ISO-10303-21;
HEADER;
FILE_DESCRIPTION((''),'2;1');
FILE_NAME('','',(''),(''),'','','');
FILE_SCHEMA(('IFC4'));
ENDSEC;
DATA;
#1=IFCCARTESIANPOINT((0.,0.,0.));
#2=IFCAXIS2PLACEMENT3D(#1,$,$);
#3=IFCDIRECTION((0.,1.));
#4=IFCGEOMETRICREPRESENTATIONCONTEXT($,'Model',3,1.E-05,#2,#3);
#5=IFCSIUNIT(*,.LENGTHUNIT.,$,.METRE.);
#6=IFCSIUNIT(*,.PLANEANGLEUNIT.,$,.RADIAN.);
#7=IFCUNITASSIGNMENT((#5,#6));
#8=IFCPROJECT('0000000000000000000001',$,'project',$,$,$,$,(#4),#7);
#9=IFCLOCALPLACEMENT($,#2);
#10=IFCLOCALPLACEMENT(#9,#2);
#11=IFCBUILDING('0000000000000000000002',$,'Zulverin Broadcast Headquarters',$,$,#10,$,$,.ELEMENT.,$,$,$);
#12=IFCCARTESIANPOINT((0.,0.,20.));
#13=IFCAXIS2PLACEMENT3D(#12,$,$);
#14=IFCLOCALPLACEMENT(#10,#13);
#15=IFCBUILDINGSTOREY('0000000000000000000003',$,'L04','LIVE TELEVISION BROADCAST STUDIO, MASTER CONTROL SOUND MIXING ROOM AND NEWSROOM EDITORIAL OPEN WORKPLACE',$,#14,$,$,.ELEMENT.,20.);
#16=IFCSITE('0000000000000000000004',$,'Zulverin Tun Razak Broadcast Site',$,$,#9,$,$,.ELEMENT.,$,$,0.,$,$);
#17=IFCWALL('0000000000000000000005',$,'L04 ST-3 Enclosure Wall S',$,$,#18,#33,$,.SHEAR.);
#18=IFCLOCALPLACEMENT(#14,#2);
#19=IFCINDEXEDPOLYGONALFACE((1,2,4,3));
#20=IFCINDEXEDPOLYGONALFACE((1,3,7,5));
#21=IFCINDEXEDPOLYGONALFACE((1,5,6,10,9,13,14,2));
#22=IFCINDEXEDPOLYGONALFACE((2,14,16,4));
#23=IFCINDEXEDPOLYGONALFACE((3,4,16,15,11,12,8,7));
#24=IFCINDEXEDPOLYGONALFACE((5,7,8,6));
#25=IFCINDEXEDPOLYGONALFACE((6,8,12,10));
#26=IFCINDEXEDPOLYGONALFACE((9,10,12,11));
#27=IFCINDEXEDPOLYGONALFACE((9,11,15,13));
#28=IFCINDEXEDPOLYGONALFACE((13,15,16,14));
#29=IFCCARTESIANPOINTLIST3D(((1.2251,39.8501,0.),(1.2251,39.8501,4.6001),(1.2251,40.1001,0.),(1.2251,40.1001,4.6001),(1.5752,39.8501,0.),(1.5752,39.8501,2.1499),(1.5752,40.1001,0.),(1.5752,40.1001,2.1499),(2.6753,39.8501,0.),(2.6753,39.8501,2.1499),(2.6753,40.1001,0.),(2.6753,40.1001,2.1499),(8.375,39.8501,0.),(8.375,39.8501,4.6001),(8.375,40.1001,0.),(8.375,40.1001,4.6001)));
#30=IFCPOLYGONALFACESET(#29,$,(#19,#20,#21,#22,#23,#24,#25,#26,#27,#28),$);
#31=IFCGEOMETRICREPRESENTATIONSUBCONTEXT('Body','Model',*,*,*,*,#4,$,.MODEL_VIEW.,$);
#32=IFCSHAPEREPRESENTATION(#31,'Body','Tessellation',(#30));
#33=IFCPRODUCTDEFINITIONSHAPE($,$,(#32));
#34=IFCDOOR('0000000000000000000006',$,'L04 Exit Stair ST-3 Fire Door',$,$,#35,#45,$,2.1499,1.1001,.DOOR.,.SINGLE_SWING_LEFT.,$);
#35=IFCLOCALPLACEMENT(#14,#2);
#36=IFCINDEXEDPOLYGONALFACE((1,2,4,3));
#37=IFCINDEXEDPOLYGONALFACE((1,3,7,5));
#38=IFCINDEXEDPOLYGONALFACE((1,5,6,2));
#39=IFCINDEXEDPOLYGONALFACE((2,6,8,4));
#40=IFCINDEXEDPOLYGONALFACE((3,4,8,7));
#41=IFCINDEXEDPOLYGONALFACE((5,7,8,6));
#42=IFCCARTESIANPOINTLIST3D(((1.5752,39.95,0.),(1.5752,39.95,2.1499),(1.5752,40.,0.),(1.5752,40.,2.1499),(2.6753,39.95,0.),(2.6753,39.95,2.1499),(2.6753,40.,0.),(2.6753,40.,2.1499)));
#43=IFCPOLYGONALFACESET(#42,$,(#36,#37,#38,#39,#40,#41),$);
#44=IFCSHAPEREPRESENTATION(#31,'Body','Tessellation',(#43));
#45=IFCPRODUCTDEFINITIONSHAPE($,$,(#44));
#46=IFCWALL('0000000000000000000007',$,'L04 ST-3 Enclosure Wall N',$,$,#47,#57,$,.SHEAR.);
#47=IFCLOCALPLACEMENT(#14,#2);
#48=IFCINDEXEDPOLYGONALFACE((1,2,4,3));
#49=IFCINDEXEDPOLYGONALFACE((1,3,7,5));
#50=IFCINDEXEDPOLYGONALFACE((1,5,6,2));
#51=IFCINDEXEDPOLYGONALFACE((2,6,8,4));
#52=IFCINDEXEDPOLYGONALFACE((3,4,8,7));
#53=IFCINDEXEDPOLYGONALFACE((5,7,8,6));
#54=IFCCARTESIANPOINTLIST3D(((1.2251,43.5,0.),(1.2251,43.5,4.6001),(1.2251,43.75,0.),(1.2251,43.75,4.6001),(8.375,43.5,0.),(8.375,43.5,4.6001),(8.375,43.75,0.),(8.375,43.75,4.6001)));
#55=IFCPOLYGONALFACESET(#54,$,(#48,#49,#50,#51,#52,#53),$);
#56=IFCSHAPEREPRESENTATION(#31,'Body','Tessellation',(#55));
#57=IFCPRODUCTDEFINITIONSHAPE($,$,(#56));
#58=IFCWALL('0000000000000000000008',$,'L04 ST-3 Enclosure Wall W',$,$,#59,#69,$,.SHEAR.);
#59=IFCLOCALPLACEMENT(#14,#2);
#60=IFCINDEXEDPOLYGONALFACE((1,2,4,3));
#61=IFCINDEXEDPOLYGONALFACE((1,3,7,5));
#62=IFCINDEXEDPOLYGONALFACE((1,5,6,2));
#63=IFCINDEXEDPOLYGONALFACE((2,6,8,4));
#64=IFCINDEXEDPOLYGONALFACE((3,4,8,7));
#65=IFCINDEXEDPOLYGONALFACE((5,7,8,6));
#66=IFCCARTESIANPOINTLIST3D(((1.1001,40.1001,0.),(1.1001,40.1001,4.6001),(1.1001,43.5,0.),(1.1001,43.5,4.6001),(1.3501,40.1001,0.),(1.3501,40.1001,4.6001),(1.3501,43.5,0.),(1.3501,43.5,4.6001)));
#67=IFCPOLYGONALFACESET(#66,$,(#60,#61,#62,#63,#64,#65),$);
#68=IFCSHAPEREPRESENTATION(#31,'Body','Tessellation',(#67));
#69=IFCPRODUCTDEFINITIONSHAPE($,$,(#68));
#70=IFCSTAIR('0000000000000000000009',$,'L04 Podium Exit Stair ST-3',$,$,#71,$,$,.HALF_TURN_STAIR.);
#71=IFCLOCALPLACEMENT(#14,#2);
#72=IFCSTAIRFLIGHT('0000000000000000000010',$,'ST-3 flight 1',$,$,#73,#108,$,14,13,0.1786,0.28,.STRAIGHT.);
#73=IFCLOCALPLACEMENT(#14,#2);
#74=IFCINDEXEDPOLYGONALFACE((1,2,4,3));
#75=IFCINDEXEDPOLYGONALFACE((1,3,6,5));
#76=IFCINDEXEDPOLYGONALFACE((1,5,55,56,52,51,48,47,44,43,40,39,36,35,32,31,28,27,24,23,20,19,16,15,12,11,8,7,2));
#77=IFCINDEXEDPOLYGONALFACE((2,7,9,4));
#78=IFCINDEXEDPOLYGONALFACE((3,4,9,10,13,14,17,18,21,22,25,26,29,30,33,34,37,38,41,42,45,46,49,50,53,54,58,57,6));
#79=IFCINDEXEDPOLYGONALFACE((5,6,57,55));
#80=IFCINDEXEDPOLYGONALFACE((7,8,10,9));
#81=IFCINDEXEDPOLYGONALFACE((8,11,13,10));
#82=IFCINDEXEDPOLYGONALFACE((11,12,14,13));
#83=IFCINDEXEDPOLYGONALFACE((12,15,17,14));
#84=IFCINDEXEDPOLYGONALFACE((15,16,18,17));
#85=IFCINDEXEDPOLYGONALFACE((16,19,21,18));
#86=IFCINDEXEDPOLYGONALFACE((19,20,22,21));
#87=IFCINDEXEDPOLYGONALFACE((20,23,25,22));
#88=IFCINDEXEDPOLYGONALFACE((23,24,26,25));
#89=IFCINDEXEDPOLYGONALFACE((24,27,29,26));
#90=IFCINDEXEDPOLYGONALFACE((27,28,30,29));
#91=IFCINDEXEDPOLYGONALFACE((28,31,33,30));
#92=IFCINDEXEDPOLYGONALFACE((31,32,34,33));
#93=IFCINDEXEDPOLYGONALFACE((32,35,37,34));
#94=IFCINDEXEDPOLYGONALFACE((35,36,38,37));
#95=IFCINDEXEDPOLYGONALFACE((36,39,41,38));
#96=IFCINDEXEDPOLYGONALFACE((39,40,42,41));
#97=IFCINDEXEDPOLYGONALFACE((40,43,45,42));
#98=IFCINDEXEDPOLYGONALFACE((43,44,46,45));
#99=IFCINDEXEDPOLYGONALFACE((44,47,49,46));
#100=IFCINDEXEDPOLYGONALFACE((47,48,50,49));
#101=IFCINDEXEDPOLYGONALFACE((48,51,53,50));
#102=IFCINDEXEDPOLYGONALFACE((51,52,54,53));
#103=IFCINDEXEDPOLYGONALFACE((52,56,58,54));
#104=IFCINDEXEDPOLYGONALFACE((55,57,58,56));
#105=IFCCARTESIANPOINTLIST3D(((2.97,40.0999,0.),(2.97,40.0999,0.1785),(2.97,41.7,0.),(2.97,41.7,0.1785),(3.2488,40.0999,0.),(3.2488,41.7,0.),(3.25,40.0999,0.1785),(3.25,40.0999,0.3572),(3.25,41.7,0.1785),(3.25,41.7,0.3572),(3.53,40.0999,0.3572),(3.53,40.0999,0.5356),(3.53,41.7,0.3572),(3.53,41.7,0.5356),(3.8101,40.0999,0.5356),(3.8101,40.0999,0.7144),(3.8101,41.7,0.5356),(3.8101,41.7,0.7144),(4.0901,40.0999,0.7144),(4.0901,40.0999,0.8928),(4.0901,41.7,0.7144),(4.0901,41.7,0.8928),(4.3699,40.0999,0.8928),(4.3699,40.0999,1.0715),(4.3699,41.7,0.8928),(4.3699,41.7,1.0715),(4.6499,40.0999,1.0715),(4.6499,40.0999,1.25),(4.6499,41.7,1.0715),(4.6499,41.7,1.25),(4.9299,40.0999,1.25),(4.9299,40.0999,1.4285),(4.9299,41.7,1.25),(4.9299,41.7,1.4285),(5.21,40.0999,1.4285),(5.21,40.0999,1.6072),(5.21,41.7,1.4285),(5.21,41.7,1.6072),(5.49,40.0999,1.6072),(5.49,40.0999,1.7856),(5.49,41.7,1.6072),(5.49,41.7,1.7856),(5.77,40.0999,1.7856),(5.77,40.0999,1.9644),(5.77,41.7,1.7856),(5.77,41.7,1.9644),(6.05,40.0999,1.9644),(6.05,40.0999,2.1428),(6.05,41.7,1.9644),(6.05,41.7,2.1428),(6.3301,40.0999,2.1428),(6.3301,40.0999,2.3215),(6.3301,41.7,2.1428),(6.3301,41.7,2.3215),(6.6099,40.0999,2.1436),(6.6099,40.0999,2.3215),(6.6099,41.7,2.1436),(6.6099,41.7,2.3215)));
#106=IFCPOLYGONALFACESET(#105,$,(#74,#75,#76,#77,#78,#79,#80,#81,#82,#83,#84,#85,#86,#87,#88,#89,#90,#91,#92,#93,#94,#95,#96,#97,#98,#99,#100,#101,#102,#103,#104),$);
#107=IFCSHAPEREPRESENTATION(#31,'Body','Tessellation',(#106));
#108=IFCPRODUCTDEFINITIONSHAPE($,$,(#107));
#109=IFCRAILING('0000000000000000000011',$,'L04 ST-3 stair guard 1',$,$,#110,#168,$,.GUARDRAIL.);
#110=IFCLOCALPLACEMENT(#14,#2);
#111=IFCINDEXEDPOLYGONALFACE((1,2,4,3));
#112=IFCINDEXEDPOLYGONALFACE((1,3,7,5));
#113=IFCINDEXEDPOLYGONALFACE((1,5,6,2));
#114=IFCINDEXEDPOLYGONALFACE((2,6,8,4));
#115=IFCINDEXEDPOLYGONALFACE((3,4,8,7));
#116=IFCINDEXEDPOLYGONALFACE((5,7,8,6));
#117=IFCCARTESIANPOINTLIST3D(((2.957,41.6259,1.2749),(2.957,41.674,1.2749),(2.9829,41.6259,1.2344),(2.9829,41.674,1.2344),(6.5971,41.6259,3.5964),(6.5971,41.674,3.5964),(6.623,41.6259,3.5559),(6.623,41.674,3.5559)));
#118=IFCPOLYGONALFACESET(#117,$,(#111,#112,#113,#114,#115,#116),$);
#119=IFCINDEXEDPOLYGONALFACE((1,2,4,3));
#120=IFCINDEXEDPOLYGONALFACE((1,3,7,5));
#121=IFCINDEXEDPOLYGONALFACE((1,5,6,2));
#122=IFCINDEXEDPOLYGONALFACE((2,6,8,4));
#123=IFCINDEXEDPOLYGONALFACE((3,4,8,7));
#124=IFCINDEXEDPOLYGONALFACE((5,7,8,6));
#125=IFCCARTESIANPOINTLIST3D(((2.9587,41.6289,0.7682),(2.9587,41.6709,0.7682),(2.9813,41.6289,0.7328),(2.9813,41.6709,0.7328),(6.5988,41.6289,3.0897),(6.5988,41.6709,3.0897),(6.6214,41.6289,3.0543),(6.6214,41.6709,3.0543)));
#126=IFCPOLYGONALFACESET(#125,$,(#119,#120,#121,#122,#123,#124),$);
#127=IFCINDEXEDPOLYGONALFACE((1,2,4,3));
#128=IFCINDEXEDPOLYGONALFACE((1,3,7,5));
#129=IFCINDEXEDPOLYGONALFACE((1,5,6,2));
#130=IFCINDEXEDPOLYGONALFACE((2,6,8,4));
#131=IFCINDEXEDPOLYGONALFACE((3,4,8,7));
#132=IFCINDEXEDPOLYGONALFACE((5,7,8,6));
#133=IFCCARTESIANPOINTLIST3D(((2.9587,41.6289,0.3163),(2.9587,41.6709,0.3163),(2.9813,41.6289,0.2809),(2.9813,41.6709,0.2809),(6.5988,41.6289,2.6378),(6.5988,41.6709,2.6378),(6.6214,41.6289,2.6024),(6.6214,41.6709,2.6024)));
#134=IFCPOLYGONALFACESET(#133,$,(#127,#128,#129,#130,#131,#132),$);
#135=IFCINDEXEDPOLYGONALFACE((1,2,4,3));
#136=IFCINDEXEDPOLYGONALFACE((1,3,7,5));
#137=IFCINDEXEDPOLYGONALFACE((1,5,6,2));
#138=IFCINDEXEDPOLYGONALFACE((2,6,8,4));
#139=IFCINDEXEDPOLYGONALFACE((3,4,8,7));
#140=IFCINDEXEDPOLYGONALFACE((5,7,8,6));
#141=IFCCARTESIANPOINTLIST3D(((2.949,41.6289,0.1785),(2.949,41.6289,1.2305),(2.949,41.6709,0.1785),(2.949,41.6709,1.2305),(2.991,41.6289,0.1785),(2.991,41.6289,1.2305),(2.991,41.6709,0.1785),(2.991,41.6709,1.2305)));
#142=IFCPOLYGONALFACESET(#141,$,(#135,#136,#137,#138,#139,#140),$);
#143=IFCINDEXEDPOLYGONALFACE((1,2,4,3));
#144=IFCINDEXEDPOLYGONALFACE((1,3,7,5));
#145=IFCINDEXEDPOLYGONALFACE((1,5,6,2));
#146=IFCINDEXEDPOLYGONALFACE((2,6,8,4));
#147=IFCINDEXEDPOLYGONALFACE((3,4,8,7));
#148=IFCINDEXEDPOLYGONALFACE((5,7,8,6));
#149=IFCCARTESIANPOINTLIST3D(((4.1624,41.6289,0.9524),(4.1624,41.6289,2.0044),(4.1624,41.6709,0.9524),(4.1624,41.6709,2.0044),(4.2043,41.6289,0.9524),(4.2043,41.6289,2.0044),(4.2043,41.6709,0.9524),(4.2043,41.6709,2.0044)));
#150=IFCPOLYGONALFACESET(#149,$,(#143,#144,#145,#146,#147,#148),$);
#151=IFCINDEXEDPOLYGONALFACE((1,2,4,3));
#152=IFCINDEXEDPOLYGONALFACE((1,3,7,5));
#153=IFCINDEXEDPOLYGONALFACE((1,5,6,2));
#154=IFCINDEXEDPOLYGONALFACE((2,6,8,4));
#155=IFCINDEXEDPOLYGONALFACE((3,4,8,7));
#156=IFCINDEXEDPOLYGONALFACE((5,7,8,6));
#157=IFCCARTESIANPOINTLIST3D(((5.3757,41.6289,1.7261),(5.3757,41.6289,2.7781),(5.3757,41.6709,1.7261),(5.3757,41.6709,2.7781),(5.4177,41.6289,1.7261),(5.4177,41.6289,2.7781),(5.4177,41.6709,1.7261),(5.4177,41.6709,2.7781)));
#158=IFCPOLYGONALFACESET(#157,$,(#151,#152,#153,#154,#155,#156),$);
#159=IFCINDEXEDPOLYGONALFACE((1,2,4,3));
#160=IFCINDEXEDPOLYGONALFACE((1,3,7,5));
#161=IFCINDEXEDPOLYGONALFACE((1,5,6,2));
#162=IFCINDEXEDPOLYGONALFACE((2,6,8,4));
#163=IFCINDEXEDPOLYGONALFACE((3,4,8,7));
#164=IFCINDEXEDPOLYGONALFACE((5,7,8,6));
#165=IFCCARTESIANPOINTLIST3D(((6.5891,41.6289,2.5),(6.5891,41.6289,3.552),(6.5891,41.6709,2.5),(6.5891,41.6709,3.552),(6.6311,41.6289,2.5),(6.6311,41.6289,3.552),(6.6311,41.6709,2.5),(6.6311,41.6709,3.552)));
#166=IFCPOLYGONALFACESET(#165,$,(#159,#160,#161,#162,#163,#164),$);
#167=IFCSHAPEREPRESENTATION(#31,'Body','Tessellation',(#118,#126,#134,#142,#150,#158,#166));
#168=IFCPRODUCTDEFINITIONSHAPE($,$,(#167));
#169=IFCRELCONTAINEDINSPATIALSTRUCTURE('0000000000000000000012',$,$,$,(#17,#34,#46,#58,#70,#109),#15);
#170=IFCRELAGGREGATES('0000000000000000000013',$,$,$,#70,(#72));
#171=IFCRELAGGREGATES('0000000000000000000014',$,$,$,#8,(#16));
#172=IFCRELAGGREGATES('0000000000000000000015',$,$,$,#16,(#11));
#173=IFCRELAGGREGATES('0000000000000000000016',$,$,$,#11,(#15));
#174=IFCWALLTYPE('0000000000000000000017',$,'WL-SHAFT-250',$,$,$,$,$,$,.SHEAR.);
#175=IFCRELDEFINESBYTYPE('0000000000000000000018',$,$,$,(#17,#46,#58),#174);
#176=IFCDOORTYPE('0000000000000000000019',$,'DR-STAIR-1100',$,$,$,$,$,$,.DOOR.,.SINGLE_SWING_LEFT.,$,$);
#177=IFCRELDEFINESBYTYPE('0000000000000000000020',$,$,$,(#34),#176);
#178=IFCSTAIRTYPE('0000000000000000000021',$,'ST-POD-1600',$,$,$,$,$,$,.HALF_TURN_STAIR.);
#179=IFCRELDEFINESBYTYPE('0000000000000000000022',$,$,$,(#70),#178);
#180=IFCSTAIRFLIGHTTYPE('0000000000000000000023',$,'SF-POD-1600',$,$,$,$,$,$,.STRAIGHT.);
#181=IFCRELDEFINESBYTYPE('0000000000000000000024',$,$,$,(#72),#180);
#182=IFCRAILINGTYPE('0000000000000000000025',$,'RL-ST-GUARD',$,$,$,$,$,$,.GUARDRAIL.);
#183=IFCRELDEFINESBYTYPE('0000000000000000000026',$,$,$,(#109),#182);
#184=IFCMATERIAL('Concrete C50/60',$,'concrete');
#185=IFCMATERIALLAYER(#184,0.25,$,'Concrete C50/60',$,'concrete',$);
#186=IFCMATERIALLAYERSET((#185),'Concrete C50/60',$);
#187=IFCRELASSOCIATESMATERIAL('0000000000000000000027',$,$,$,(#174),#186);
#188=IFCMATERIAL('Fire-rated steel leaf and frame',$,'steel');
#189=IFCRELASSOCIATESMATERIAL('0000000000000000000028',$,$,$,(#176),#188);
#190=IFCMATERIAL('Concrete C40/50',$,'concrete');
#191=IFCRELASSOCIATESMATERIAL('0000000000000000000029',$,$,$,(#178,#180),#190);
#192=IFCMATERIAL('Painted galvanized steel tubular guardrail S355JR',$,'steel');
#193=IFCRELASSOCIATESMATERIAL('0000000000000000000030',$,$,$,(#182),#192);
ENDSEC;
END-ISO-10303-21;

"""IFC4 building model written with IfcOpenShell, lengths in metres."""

from ifc_helpers import new_model, si_unit, direction, frame, frame_2d, origin, origin_2d, place, context, subcontext, project, spatial, polyline, rectangle, outline, extrude, material, layer, layer_set, type_object, element, fill, aggregate, save


model = new_model("IFC4")

# Units and contexts
model_context = context("Model", 3, precision=1e-05, world=origin(), true_north=direction((0.0, 1.0)))
body_context = subcontext(model_context, "Body", "Model", "MODEL_VIEW")
ifc_project = project(units=[si_unit("LENGTHUNIT", "METRE"), si_unit("PLANEANGLEUNIT", "RADIAN")], contexts=[model_context])

# Site, building, storey
site_placement = place(None, origin())
site = spatial("IfcSite", under=ifc_project, at=site_placement, Name="Zulverin Tun Razak Broadcast Site", CompositionType="ELEMENT", RefElevation=0.0)
building_placement = place(site_placement, origin())
building = spatial("IfcBuilding", under=site, at=building_placement, Name="Zulverin Broadcast Headquarters", CompositionType="ELEMENT")
storey_placement = place(building_placement, frame((0.0, 0.0, 20.0)))
storey = spatial("IfcBuildingStorey", under=building, at=storey_placement, Name="L04", Description="LIVE TELEVISION BROADCAST STUDIO, MASTER CONTROL SOUND MIXING ROOM AND NEWSROOM EDITORIAL OPEN WORKPLACE", CompositionType="ELEMENT", Elevation=20.0)

# Shared definitions
ifc_material_1 = material(Name="Concrete C40/50", Category="concrete")

# Wall, opening, door
ifc_material_2 = material(Name="Concrete C50/60", Category="concrete")
ifc_layer_1 = layer(ifc_material_2, 0.25, Name="Concrete C50/60", Category="concrete")
ifc_layer_set_1 = layer_set([ifc_layer_1], Name="Concrete C50/60")
wall_type_1 = type_object("IfcWallType", Name="WL-SHAFT-250", PredefinedType="SHEAR", material=ifc_layer_set_1)
wall_1_placement = place(storey_placement, frame((1.2251, 39.9751, 0.0), z_axis=(0.0, 0.0, 1.0), x_axis=(1.0, 0.0, 0.0)))
wall_1 = element("IfcWall", 1, at=wall_1_placement, inside=storey, type_object=wall_type_1, Name="L04 ST-3 Enclosure Wall S", PredefinedType="SHEAR", context=body_context, shape_type="SweptSolid", body=[
    extrude(rectangle(XDim=7.1499, YDim=0.25, at=frame_2d((3.575, 0.0))), origin(), (0.0, 0.0, 1.0), 4.6001),
])
opening_1_placement = place(wall_1_placement, frame((0.3501, 0.0, 0.0)))
opening_1 = element("IfcOpeningElement", 2, at=opening_1_placement, cuts=wall_1, PredefinedType="OPENING", context=body_context, shape_type="SweptSolid", body=[
    extrude(rectangle(XDim=1.1001, YDim=2.1499, at=frame_2d((0.55, 1.075))), frame((0.0, 0.135, 0.0), z_axis=(0.0, -1.0, 0.0), x_axis=(1.0, 0.0, 0.0)), (0.0, 0.0, 1.0), 0.27),
])
ifc_material_3 = material(Name="Fire-rated steel leaf and frame", Category="steel")
door_type_1 = type_object("IfcDoorType", Name="DR-STAIR-1100", OperationType="SINGLE_SWING_LEFT", PredefinedType="DOOR", material=ifc_material_3)
door_1_placement = place(opening_1_placement, origin())
door_1 = element("IfcDoor", 3, at=door_1_placement, inside=storey, type_object=door_type_1, Name="L04 Exit Stair ST-3 Fire Door", OperationType="SINGLE_SWING_LEFT", OverallHeight=2.1499, OverallWidth=1.1001, PredefinedType="DOOR", context=body_context, shape_type="SweptSolid", body=[
    extrude(rectangle(XDim=1.1001, YDim=2.1499, at=frame_2d((0.55, 1.075))), frame((0.0, 0.0249, 0.0), z_axis=(0.0, -1.0, 0.0), x_axis=(1.0, 0.0, 0.0)), (0.0, 0.0, 1.0), 0.05),
])
fill(opening_1, door_1)

# Walls
wall_2_placement = place(storey_placement, frame((1.2251, 43.625, 0.0), z_axis=(0.0, 0.0, 1.0), x_axis=(1.0, 0.0, 0.0)))
element("IfcWall", 4, at=wall_2_placement, inside=storey, type_object=wall_type_1, Name="L04 ST-3 Enclosure Wall N", PredefinedType="SHEAR", context=body_context, shape_type="SweptSolid", body=[
    extrude(rectangle(XDim=7.1499, YDim=0.25, at=frame_2d((3.575, 0.0))), origin(), (0.0, 0.0, 1.0), 4.6001),
])
wall_3_placement = place(storey_placement, frame((1.2251, 40.1001, 0.0), z_axis=(0.0, 0.0, 1.0), x_axis=(0.0, 1.0, 0.0)))
element("IfcWall", 5, at=wall_3_placement, inside=storey, type_object=wall_type_1, Name="L04 ST-3 Enclosure Wall W", PredefinedType="SHEAR", context=body_context, shape_type="SweptSolid", body=[
    extrude(rectangle(XDim=3.3999, YDim=0.25, at=frame_2d((1.7, 0.0))), origin(), (0.0, 0.0, 1.0), 4.6001),
])

# Stair, stair flight
stair_type = type_object("IfcStairType", Name="ST-POD-1600", PredefinedType="HALF_TURN_STAIR", material=ifc_material_1)
stair_placement = place(storey_placement, origin())
stair = element("IfcStair", 6, at=stair_placement, inside=storey, type_object=stair_type, Name="L04 Podium Exit Stair ST-3", PredefinedType="HALF_TURN_STAIR")
stair_flight_type = type_object("IfcStairFlightType", Name="SF-POD-1600", PredefinedType="STRAIGHT", material=ifc_material_1)
stair_flight_placement = place(storey_placement, frame((2.97, 40.8999, 0.0), z_axis=(0.0, 0.0, 1.0), x_axis=(1.0, 0.0, 0.0)))
stair_flight = element("IfcStairFlight", 7, at=stair_flight_placement, type_object=stair_flight_type, Name="ST-3 flight 1", NumberOfRisers=14, NumberOfTreads=13, PredefinedType="STRAIGHT", RiserHeight=0.1786, TreadLength=0.28, context=body_context, shape_type="SweptSolid", body=[
    extrude(outline(polyline([(0.0, 0.0), (0.0, 0.1785), (0.28, 0.1785), (0.28, 0.3572), (0.5601, 0.3572), (0.5601, 0.5356), (0.8401, 0.5356), (0.8401, 0.7144), (1.1201, 0.7144), (1.1201, 0.8928), (1.3999, 0.8928), (1.3999, 1.0715), (1.6799, 1.0715), (1.6799, 1.25), (1.96, 1.25), (1.96, 1.4285), (2.24, 1.4285), (2.24, 1.6072), (2.52, 1.6072), (2.52, 1.7856), (2.8, 1.7856), (2.8, 1.9644), (3.0801, 1.9644), (3.0801, 2.1428), (3.3601, 2.1428), (3.3601, 2.3215), (3.6399, 2.3215), (3.6399, 2.5), (3.6399, 2.1436), (0.2788, 0.0), (0.0, 0.0)])), frame((0.0, 0.8, 0.0), z_axis=(0.0, -1.0, 0.0), x_axis=(1.0, 0.0, 0.0)), (0.0, 0.0, 1.0), 1.6001),
])
aggregate(stair, [stair_flight])

# Railing
ifc_material_4 = material(Name="Painted galvanized steel tubular guardrail S355JR", Category="steel")
railing_type_1 = type_object("IfcRailingType", Name="RL-ST-GUARD", PredefinedType="GUARDRAIL", material=ifc_material_4)
railing_1_placement = place(storey_placement, frame((2.97, 41.6499, 0.1785)))
element("IfcRailing", 8, at=railing_1_placement, inside=storey, type_object=railing_type_1, Name="L04 ST-3 stair guard 1", PredefinedType="GUARDRAIL", context=body_context, shape_type="SweptSolid", body=[
    extrude(rectangle(XDim=0.0481, YDim=0.0481, at=origin_2d()), frame((0.0, 0.0, 1.0762), z_axis=(0.843128, 0.0, 0.537713), x_axis=(0.0, 1.0, 0.0)), (0.0, 0.0, 1.0), 4.3174),
    extrude(rectangle(XDim=0.042, YDim=0.042, at=origin_2d()), frame((0.0, 0.0, 0.572), z_axis=(0.843128, 0.0, 0.537713), x_axis=(0.0, 1.0, 0.0)), (0.0, 0.0, 1.0), 4.3174),
    extrude(rectangle(XDim=0.042, YDim=0.042, at=origin_2d()), frame((0.0, 0.0, 0.1201), z_axis=(0.843128, 0.0, 0.537713), x_axis=(0.0, 1.0, 0.0)), (0.0, 0.0, 1.0), 4.3174),
    extrude(rectangle(XDim=0.042, YDim=0.042, at=origin_2d()), origin(), (0.0, 0.0, 1.0), 1.052),
    extrude(rectangle(XDim=0.042, YDim=0.042, at=origin_2d()), frame((1.2134, 0.0, 0.7739)), (0.0, 0.0, 1.0), 1.052),
    extrude(rectangle(XDim=0.042, YDim=0.042, at=origin_2d()), frame((2.4268, 0.0, 1.5476)), (0.0, 0.0, 1.0), 1.052),
    extrude(rectangle(XDim=0.042, YDim=0.042, at=origin_2d()), frame((3.6401, 0.0, 2.3215)), (0.0, 0.0, 1.0), 1.052),
])

save(model, "model.ifc")
